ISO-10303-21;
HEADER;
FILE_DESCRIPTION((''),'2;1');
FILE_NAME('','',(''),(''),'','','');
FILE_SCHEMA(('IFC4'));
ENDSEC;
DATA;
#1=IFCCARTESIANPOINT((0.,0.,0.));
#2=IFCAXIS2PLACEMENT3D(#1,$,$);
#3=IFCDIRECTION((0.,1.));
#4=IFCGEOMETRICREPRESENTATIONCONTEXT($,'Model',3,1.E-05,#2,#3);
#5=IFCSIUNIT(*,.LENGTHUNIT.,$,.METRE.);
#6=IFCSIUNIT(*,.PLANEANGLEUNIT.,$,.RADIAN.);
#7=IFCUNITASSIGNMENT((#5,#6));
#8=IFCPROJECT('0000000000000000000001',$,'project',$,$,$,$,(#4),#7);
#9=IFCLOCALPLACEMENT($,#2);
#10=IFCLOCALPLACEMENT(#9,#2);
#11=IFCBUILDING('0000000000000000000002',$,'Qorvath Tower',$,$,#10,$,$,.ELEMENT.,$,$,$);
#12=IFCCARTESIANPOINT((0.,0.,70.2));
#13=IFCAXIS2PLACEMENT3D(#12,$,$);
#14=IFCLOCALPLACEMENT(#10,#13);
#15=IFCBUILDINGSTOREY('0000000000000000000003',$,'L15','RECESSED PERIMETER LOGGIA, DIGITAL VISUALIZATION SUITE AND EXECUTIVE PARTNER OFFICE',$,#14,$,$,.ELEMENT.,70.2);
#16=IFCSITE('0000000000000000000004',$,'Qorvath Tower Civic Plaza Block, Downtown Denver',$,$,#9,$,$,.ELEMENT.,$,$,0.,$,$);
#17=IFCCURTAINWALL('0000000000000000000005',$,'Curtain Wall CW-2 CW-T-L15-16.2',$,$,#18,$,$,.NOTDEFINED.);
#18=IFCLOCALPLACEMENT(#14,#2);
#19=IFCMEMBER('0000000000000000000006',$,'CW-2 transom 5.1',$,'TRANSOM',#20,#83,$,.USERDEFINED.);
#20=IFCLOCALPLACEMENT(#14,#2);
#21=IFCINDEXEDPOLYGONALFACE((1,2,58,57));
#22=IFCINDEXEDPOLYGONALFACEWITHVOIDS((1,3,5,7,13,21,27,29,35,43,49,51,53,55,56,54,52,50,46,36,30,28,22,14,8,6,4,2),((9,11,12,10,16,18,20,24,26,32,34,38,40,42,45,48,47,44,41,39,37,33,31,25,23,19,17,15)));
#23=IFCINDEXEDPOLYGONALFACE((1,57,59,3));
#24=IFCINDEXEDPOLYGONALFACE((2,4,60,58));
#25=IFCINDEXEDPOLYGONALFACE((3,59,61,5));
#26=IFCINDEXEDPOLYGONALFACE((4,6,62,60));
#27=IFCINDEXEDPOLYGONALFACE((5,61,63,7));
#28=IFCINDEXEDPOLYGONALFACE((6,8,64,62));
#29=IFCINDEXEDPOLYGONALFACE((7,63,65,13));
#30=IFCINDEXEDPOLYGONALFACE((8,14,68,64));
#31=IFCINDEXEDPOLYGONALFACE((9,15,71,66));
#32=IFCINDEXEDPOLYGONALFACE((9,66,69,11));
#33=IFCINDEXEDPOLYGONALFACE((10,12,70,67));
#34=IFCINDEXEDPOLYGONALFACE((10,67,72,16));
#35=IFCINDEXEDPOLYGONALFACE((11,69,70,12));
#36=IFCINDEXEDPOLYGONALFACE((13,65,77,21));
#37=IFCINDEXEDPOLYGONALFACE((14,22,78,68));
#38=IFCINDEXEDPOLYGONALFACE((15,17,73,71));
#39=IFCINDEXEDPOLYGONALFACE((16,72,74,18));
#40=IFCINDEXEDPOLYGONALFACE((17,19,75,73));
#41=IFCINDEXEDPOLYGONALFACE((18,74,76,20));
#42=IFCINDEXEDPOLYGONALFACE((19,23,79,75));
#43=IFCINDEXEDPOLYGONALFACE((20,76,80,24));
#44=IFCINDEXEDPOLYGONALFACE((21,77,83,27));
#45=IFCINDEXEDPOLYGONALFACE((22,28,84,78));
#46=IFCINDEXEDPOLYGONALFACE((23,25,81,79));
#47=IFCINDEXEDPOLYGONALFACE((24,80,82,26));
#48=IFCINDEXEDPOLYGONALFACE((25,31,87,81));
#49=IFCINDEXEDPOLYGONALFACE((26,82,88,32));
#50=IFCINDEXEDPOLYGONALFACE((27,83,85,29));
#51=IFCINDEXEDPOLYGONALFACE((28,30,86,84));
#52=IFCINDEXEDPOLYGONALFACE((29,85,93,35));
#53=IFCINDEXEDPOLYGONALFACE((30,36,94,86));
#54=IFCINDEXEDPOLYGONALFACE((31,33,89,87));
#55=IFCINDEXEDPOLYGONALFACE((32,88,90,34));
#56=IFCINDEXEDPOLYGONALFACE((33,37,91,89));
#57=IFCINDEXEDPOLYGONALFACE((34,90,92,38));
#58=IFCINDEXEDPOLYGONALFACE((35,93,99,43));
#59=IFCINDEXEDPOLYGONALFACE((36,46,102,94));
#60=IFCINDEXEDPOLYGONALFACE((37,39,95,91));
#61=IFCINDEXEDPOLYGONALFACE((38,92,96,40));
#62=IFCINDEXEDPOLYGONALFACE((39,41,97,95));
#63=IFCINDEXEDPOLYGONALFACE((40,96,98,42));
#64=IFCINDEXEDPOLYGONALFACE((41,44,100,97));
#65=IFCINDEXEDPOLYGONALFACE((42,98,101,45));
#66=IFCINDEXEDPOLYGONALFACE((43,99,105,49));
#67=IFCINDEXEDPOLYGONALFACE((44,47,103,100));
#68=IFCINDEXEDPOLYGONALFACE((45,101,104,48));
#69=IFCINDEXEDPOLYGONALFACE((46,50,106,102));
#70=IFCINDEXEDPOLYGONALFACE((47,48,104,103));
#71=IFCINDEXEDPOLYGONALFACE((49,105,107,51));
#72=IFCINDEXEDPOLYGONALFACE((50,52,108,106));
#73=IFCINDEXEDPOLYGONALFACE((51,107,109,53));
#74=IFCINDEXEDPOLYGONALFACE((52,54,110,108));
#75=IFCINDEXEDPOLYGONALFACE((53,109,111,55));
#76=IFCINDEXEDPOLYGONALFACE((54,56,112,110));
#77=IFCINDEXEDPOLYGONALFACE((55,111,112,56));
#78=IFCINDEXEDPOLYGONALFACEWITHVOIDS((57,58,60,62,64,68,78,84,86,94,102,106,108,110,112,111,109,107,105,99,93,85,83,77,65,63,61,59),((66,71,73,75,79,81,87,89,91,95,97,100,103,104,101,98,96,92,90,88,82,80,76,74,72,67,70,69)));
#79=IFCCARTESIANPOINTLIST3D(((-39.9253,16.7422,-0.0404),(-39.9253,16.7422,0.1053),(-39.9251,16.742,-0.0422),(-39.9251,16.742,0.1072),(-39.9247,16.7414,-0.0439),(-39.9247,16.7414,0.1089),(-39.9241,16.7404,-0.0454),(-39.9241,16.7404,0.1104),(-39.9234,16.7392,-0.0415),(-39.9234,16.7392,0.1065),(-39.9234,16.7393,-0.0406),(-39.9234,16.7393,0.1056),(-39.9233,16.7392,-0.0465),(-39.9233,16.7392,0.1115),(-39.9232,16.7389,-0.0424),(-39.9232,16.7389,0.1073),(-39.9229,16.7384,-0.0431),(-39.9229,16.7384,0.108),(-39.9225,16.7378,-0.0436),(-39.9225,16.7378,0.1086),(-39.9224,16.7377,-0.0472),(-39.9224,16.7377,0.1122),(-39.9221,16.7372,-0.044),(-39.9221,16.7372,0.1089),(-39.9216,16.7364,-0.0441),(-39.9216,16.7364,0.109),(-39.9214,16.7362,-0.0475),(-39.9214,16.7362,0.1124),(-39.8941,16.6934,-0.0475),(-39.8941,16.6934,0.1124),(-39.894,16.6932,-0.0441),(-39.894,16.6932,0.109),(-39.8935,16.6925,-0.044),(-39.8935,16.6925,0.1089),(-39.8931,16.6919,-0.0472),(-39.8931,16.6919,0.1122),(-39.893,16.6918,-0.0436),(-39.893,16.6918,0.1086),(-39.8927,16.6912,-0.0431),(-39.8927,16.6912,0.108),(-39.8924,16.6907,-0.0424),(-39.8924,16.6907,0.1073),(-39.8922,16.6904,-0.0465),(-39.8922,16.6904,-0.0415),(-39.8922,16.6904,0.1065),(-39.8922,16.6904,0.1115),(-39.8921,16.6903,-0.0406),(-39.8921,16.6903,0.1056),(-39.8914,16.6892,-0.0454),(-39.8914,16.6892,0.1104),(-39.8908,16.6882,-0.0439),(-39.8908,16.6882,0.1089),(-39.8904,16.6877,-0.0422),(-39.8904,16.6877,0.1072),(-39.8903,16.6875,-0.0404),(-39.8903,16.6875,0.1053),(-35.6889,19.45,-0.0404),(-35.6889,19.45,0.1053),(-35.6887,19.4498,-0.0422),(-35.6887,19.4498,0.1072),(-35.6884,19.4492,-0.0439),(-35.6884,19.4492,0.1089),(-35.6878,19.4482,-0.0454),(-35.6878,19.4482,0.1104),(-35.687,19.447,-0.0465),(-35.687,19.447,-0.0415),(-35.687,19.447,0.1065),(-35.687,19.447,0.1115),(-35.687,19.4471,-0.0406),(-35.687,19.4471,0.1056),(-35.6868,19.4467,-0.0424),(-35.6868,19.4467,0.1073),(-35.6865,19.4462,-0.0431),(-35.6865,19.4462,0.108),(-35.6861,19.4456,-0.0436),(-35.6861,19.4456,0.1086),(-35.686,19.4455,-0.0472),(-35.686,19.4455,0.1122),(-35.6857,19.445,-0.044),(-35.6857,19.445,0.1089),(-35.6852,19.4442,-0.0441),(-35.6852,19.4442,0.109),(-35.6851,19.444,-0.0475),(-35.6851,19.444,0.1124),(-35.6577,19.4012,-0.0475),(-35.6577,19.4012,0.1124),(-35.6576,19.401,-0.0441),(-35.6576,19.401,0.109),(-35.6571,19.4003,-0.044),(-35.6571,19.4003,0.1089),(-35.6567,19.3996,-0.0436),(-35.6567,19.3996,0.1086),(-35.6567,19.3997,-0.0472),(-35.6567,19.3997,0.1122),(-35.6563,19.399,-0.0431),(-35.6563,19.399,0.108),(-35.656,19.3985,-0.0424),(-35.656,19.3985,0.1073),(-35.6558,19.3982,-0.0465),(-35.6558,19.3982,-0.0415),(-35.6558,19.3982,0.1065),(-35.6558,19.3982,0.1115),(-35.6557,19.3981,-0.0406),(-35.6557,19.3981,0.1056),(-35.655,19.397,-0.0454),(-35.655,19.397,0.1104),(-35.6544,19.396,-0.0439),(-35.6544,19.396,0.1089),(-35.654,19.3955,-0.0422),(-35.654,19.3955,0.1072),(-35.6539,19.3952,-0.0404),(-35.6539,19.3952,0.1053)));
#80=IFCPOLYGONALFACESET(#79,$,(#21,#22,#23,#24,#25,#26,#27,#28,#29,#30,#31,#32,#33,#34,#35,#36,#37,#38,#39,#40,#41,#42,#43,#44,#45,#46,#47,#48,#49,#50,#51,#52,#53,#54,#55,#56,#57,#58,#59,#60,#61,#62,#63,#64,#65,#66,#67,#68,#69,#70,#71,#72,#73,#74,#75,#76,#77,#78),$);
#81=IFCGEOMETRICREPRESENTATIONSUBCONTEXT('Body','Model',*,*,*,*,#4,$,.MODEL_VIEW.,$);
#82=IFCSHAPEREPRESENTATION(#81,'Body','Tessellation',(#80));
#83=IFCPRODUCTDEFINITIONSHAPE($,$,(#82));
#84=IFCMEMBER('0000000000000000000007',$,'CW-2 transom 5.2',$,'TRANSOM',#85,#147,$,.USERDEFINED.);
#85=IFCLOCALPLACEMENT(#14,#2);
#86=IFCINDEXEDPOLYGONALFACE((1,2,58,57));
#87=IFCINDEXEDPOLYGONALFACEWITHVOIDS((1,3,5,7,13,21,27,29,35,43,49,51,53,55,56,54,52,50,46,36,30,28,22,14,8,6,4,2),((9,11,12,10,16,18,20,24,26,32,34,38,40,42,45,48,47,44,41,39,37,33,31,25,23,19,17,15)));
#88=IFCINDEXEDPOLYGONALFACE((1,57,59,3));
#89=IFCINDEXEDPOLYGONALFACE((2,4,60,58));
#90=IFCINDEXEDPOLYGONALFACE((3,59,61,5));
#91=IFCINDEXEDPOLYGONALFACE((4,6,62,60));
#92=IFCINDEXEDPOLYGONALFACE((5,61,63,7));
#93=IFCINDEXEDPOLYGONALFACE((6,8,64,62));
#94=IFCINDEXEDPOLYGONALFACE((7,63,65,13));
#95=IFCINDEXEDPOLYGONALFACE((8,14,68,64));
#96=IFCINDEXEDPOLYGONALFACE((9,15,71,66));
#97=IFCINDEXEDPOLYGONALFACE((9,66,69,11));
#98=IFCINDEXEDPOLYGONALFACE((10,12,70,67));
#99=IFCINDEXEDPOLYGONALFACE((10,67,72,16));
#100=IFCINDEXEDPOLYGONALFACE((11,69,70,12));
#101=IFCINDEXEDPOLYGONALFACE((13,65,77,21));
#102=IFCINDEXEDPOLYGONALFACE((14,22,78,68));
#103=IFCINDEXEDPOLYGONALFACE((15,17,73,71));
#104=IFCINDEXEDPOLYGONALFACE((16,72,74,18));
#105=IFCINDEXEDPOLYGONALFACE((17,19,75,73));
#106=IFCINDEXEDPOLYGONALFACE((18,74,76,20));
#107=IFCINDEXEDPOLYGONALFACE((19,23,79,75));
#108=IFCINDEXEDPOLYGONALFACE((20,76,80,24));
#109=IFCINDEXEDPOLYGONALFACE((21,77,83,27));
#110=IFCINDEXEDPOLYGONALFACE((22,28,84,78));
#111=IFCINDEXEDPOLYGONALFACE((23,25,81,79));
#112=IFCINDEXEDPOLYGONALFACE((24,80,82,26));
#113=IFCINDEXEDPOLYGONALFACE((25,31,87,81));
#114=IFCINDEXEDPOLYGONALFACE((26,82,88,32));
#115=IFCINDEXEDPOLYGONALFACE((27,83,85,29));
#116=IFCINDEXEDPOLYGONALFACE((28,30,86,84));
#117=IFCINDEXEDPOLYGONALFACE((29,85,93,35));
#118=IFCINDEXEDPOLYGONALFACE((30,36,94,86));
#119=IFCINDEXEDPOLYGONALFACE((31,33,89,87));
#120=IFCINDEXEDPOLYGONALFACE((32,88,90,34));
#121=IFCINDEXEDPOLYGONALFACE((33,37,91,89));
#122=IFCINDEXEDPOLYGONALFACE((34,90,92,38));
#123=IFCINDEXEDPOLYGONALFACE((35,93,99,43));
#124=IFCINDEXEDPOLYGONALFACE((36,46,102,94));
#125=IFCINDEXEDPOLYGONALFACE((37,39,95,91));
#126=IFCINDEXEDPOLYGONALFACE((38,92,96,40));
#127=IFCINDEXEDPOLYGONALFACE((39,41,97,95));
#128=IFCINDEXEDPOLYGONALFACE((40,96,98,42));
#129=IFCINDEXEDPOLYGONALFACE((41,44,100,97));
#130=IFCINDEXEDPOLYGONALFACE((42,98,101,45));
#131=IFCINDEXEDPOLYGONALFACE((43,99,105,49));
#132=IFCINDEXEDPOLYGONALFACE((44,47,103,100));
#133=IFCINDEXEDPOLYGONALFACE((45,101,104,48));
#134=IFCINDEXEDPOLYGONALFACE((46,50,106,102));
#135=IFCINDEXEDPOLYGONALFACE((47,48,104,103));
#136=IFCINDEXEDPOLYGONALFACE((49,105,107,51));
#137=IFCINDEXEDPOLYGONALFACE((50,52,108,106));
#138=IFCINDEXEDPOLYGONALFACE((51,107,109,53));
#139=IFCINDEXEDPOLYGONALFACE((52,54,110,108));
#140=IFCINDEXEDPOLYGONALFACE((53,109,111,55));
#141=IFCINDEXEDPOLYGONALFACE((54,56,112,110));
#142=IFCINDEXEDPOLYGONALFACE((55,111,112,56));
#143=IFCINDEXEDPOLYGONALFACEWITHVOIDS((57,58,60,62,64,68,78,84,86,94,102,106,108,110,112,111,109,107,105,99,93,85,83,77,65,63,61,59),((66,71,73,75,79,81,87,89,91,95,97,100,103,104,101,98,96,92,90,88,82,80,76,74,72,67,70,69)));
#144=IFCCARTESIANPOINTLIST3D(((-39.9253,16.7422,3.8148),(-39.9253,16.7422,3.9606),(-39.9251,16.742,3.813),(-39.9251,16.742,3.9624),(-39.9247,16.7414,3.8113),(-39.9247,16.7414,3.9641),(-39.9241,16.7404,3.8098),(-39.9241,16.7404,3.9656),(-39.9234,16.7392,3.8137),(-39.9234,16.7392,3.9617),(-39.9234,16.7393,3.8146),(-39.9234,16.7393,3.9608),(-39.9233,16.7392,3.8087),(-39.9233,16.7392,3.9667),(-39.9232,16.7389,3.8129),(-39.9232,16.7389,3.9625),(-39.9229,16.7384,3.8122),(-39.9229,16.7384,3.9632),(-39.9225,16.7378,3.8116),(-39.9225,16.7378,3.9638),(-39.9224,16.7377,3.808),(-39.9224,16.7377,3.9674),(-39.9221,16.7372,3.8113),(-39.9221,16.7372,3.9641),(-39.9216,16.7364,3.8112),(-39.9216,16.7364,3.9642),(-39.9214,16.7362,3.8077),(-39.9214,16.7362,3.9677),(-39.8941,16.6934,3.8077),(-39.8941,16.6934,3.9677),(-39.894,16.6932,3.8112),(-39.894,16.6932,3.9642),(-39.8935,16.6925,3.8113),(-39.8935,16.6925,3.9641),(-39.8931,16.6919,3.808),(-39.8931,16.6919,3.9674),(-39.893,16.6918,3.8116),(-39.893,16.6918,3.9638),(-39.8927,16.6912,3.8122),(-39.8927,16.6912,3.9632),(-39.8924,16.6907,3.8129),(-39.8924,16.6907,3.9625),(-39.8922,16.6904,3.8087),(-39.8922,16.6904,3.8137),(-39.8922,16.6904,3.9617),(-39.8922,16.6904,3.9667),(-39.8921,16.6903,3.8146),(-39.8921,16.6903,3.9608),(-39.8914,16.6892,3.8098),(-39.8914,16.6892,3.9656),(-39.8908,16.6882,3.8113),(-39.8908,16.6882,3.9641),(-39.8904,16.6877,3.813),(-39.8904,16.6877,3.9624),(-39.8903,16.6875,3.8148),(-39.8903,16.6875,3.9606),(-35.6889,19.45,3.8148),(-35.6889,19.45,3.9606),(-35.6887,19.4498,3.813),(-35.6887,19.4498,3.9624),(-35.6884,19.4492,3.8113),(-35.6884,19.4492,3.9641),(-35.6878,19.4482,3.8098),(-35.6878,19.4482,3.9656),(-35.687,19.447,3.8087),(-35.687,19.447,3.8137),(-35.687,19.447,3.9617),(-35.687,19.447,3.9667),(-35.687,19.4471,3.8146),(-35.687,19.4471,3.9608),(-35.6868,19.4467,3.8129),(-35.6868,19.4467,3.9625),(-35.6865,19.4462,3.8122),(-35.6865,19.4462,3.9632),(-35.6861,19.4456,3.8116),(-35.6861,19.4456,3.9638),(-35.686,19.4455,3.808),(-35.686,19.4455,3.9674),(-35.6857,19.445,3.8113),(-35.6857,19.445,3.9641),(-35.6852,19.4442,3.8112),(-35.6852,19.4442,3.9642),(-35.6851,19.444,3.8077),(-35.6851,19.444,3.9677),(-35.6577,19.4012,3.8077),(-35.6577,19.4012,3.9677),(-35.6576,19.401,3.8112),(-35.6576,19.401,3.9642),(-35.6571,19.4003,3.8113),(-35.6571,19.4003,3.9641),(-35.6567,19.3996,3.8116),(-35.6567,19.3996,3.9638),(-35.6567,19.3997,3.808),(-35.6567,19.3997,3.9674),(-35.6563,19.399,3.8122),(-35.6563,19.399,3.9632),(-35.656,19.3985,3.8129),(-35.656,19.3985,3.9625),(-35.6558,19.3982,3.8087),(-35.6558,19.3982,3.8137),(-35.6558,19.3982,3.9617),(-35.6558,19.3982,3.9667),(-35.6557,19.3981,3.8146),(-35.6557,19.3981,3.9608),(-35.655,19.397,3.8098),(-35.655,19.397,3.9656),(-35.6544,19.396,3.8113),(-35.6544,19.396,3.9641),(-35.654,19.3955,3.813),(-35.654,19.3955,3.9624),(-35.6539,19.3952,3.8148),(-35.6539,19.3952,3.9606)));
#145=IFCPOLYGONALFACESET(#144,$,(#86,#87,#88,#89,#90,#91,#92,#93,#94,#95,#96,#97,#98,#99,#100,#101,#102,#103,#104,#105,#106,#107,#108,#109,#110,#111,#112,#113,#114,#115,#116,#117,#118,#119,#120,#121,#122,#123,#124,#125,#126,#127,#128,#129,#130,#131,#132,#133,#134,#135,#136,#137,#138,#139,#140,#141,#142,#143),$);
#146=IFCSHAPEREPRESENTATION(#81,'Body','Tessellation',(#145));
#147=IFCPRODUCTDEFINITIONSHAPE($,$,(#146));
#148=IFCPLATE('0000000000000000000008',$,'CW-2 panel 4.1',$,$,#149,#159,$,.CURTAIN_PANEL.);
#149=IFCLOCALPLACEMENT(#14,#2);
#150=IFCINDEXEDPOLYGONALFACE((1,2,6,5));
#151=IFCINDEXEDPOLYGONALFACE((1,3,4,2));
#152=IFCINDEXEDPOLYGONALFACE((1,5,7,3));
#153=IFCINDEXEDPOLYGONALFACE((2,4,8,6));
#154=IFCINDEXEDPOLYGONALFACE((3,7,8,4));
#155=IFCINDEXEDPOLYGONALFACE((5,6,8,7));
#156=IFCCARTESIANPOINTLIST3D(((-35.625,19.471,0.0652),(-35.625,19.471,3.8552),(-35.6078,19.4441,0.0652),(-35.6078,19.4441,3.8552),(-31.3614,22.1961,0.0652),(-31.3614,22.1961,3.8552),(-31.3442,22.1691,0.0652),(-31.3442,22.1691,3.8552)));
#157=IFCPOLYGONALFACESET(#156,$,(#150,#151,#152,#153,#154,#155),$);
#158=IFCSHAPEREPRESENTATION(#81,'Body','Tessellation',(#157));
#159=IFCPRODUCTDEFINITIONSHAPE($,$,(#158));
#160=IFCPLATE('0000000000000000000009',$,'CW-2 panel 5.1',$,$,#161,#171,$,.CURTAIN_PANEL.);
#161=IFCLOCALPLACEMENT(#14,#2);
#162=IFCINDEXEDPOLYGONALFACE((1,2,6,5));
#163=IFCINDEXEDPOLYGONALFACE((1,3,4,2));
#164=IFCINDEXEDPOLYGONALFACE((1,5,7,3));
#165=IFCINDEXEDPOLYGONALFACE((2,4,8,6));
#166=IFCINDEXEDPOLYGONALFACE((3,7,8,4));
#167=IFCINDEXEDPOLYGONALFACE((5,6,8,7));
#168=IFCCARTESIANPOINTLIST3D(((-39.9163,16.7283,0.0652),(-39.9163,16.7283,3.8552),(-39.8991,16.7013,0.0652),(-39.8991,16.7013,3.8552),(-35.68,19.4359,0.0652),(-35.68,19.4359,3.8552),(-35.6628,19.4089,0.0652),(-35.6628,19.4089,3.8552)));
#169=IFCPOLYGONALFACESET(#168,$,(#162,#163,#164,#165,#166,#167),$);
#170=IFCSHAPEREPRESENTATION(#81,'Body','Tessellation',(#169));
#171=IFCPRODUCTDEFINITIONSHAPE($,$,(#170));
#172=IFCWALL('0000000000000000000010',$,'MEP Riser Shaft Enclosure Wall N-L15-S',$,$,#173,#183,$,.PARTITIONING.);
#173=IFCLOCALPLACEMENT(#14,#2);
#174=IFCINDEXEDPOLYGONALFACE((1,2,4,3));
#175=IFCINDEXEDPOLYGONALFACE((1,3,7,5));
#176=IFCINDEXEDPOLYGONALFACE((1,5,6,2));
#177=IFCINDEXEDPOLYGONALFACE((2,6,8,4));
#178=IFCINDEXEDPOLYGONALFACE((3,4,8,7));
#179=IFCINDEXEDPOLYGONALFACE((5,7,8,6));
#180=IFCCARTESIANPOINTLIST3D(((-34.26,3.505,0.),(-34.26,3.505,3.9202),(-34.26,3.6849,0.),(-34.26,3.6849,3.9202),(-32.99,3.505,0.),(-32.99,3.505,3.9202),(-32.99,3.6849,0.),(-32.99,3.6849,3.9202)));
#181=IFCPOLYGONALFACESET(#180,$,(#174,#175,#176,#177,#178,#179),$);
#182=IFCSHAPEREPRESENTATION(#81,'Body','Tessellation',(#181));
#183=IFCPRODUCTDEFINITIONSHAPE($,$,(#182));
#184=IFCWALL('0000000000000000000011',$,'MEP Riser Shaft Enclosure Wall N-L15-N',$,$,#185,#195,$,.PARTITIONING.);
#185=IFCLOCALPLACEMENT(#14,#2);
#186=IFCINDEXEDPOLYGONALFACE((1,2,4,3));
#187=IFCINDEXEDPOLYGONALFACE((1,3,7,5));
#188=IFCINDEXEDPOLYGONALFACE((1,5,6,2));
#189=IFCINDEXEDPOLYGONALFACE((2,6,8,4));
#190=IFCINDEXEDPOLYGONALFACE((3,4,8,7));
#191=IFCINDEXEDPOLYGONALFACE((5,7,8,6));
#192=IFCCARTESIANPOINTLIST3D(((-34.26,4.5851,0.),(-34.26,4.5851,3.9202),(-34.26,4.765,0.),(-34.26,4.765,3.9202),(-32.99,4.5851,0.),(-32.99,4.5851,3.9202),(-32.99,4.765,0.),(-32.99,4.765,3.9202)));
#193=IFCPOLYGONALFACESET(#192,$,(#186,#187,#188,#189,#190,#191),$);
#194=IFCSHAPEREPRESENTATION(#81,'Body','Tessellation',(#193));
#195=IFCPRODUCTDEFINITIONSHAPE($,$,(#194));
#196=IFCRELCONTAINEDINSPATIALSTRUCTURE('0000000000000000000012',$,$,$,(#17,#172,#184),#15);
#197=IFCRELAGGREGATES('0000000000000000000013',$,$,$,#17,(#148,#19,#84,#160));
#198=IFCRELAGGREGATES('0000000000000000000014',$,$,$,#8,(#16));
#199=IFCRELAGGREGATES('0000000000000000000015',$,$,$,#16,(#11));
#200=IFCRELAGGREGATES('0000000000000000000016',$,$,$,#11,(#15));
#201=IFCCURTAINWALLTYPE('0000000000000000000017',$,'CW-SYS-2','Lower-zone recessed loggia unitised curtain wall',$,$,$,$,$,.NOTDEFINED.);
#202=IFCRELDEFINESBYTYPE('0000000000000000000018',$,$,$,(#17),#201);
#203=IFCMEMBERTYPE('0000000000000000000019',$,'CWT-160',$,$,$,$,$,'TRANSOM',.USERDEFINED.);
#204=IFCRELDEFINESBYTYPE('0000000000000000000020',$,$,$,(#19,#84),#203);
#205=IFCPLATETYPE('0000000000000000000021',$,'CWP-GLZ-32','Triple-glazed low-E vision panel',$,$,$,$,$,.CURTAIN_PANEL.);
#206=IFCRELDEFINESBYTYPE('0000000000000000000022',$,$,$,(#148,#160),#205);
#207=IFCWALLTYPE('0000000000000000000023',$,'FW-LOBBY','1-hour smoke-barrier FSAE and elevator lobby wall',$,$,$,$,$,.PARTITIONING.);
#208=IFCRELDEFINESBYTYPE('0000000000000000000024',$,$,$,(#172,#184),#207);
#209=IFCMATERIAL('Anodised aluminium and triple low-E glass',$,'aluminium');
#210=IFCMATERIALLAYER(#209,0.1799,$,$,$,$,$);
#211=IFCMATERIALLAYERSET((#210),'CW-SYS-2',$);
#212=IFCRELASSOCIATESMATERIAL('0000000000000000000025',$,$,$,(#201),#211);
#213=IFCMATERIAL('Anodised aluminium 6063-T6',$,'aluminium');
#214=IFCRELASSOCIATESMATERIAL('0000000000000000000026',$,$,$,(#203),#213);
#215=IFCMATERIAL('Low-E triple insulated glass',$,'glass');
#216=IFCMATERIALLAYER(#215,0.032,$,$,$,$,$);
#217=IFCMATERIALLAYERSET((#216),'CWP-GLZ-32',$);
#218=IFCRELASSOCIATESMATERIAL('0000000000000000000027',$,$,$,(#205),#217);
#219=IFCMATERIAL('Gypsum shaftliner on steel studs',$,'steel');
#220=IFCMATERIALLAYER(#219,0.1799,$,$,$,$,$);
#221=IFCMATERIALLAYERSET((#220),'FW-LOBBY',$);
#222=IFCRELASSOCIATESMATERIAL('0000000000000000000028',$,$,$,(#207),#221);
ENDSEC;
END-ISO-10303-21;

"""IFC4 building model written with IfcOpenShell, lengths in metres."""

from ifc_helpers import new_model, si_unit, direction, frame, frame_2d, origin, origin_2d, place, context, subcontext, project, spatial, rectangle, hollow_rectangle, extrude, material, layer, layer_set, material_profile, profile_set, type_object, element, aggregate, save


model = new_model("IFC4")

# Units and contexts
model_context = context("Model", 3, precision=1e-05, world=origin(), true_north=direction((0.0, 1.0)))
body_context = subcontext(model_context, "Body", "Model", "MODEL_VIEW")
ifc_project = project(units=[si_unit("LENGTHUNIT", "METRE"), si_unit("PLANEANGLEUNIT", "RADIAN")], contexts=[model_context])

# Site, building, storey
site_placement = place(None, origin())
site = spatial("IfcSite", under=ifc_project, at=site_placement, Name="Qorvath Tower Civic Plaza Block, Downtown Denver", CompositionType="ELEMENT", RefElevation=0.0)
building_placement = place(site_placement, origin())
building = spatial("IfcBuilding", under=site, at=building_placement, Name="Qorvath Tower", CompositionType="ELEMENT")
storey_placement = place(building_placement, frame((0.0, 0.0, 70.2)))
storey = spatial("IfcBuildingStorey", under=building, at=storey_placement, Name="L15", Description="RECESSED PERIMETER LOGGIA, DIGITAL VISUALIZATION SUITE AND EXECUTIVE PARTNER OFFICE", CompositionType="ELEMENT", Elevation=70.2)

# Curtain wall, members, plates
ifc_material_1 = material(Name="Anodised aluminium and triple low-E glass", Category="aluminium")
ifc_layer_1 = layer(ifc_material_1, 0.1799)
ifc_layer_set_1 = layer_set([ifc_layer_1], Name="CW-SYS-2")
curtain_wall_type = type_object("IfcCurtainWallType", Name="CW-SYS-2", Description="Lower-zone recessed loggia unitised curtain wall", PredefinedType="NOTDEFINED", material=ifc_layer_set_1)
curtain_wall_placement = place(storey_placement, origin())
curtain_wall = element("IfcCurtainWall", 1, at=curtain_wall_placement, inside=storey, type_object=curtain_wall_type, Name="Curtain Wall CW-2 CW-T-L15-16.2", PredefinedType="NOTDEFINED")
ifc_material_2 = material(Name="Anodised aluminium 6063-T6", Category="aluminium")
ifc_material_profile_1 = material_profile(ifc_material_2, hollow_rectangle(XDim=0.0649, YDim=0.1599, WallThickness=0.0034, InnerFilletRadius=0.0034, OuterFilletRadius=0.0071, at=origin_2d()), Name="CWT 160x65")
ifc_profile_set_1 = profile_set([ifc_material_profile_1], Name="Anodised aluminium 6063-T6")
member_type_1 = type_object("IfcMemberType", Name="CWT-160", ElementType="TRANSOM", PredefinedType="USERDEFINED", material=ifc_profile_set_1)
member_1_placement = place(storey_placement, frame((-35.6714, 19.4226, 0.0325), z_axis=(-0.842586, -0.538562, 0.0), x_axis=(0.538562, -0.842586, 0.0)))
member_1 = element("IfcMember", 2, at=member_1_placement, type_object=member_type_1, Name="CW-2 transom 5.1", ObjectType="TRANSOM", PredefinedType="USERDEFINED", context=body_context, shape_type="SweptSolid", body=[
    extrude(hollow_rectangle(XDim=0.0649, YDim=0.1599, WallThickness=0.0034, InnerFilletRadius=0.0034, OuterFilletRadius=0.0071, at=origin_2d()), origin(), (0.0, 0.0, 1.0), 5.0278),
])
member_2_placement = place(storey_placement, frame((-35.6714, 19.4226, 3.8877), z_axis=(-0.842586, -0.538562, 0.0), x_axis=(0.538562, -0.842586, 0.0)))
member_2 = element("IfcMember", 3, at=member_2_placement, type_object=member_type_1, Name="CW-2 transom 5.2", ObjectType="TRANSOM", PredefinedType="USERDEFINED", context=body_context, shape_type="SweptSolid", body=[
    extrude(hollow_rectangle(XDim=0.0649, YDim=0.1599, WallThickness=0.0034, InnerFilletRadius=0.0034, OuterFilletRadius=0.0071, at=origin_2d()), origin(), (0.0, 0.0, 1.0), 5.0278),
])
ifc_material_3 = material(Name="Low-E triple insulated glass", Category="glass")
ifc_layer_2 = layer(ifc_material_3, 0.032)
ifc_layer_set_2 = layer_set([ifc_layer_2], Name="CWP-GLZ-32")
plate_type = type_object("IfcPlateType", Name="CWP-GLZ-32", Description="Triple-glazed low-E vision panel", PredefinedType="CURTAIN_PANEL", material=ifc_layer_set_2)
plate_1_placement = place(storey_placement, frame((-33.4846, 20.8201, 0.0652), z_axis=(0.0, 0.0, 1.0), x_axis=(-0.842599, -0.538542, 0.0)))
plate_1 = element("IfcPlate", 4, at=plate_1_placement, type_object=plate_type, Name="CW-2 panel 4.1", PredefinedType="CURTAIN_PANEL", context=body_context, shape_type="SweptSolid", body=[
    extrude(rectangle(XDim=5.0601, YDim=0.032, at=origin_2d()), origin(), (0.0, 0.0, 1.0), 3.79),
])
plate_2_placement = place(storey_placement, frame((-37.7896, 18.0686, 0.0652), z_axis=(0.0, 0.0, 1.0), x_axis=(-0.842599, -0.538542, 0.0)))
plate_2 = element("IfcPlate", 5, at=plate_2_placement, type_object=plate_type, Name="CW-2 panel 5.1", PredefinedType="CURTAIN_PANEL", context=body_context, shape_type="SweptSolid", body=[
    extrude(rectangle(XDim=5.0276, YDim=0.032, at=origin_2d()), origin(), (0.0, 0.0, 1.0), 3.79),
])
aggregate(curtain_wall, [plate_1, member_1, member_2, plate_2])

# Walls
ifc_material_4 = material(Name="Gypsum shaftliner on steel studs", Category="steel")
ifc_layer_3 = layer(ifc_material_4, 0.1799)
ifc_layer_set_3 = layer_set([ifc_layer_3], Name="FW-LOBBY")
wall_type_1 = type_object("IfcWallType", Name="FW-LOBBY", Description="1-hour smoke-barrier FSAE and elevator lobby wall", PredefinedType="PARTITIONING", material=ifc_layer_set_3)
for number, where, z_axis, x_axis, name in (
    (6, (-32.99, 3.595, 0.0), (0.0, 0.0, 1.0), (-1.0, 0.0, 0.0), "MEP Riser Shaft Enclosure Wall N-L15-S"),
    (7, (-34.26, 4.675, 0.0), (0.0, 0.0, 1.0), (1.0, 0.0, 0.0), "MEP Riser Shaft Enclosure Wall N-L15-N"),
):
    element("IfcWall", number, at=place(storey_placement, frame(where, z_axis=z_axis, x_axis=x_axis)), inside=storey, type_object=wall_type_1, Name=name, PredefinedType="PARTITIONING", context=body_context, shape_type="SweptSolid", body=[
        extrude(rectangle(XDim=1.27, YDim=0.1799, at=frame_2d((0.635, 0.0))), origin(), (0.0, 0.0, 1.0), 3.9202),
    ])

save(model, "model.ifc")
